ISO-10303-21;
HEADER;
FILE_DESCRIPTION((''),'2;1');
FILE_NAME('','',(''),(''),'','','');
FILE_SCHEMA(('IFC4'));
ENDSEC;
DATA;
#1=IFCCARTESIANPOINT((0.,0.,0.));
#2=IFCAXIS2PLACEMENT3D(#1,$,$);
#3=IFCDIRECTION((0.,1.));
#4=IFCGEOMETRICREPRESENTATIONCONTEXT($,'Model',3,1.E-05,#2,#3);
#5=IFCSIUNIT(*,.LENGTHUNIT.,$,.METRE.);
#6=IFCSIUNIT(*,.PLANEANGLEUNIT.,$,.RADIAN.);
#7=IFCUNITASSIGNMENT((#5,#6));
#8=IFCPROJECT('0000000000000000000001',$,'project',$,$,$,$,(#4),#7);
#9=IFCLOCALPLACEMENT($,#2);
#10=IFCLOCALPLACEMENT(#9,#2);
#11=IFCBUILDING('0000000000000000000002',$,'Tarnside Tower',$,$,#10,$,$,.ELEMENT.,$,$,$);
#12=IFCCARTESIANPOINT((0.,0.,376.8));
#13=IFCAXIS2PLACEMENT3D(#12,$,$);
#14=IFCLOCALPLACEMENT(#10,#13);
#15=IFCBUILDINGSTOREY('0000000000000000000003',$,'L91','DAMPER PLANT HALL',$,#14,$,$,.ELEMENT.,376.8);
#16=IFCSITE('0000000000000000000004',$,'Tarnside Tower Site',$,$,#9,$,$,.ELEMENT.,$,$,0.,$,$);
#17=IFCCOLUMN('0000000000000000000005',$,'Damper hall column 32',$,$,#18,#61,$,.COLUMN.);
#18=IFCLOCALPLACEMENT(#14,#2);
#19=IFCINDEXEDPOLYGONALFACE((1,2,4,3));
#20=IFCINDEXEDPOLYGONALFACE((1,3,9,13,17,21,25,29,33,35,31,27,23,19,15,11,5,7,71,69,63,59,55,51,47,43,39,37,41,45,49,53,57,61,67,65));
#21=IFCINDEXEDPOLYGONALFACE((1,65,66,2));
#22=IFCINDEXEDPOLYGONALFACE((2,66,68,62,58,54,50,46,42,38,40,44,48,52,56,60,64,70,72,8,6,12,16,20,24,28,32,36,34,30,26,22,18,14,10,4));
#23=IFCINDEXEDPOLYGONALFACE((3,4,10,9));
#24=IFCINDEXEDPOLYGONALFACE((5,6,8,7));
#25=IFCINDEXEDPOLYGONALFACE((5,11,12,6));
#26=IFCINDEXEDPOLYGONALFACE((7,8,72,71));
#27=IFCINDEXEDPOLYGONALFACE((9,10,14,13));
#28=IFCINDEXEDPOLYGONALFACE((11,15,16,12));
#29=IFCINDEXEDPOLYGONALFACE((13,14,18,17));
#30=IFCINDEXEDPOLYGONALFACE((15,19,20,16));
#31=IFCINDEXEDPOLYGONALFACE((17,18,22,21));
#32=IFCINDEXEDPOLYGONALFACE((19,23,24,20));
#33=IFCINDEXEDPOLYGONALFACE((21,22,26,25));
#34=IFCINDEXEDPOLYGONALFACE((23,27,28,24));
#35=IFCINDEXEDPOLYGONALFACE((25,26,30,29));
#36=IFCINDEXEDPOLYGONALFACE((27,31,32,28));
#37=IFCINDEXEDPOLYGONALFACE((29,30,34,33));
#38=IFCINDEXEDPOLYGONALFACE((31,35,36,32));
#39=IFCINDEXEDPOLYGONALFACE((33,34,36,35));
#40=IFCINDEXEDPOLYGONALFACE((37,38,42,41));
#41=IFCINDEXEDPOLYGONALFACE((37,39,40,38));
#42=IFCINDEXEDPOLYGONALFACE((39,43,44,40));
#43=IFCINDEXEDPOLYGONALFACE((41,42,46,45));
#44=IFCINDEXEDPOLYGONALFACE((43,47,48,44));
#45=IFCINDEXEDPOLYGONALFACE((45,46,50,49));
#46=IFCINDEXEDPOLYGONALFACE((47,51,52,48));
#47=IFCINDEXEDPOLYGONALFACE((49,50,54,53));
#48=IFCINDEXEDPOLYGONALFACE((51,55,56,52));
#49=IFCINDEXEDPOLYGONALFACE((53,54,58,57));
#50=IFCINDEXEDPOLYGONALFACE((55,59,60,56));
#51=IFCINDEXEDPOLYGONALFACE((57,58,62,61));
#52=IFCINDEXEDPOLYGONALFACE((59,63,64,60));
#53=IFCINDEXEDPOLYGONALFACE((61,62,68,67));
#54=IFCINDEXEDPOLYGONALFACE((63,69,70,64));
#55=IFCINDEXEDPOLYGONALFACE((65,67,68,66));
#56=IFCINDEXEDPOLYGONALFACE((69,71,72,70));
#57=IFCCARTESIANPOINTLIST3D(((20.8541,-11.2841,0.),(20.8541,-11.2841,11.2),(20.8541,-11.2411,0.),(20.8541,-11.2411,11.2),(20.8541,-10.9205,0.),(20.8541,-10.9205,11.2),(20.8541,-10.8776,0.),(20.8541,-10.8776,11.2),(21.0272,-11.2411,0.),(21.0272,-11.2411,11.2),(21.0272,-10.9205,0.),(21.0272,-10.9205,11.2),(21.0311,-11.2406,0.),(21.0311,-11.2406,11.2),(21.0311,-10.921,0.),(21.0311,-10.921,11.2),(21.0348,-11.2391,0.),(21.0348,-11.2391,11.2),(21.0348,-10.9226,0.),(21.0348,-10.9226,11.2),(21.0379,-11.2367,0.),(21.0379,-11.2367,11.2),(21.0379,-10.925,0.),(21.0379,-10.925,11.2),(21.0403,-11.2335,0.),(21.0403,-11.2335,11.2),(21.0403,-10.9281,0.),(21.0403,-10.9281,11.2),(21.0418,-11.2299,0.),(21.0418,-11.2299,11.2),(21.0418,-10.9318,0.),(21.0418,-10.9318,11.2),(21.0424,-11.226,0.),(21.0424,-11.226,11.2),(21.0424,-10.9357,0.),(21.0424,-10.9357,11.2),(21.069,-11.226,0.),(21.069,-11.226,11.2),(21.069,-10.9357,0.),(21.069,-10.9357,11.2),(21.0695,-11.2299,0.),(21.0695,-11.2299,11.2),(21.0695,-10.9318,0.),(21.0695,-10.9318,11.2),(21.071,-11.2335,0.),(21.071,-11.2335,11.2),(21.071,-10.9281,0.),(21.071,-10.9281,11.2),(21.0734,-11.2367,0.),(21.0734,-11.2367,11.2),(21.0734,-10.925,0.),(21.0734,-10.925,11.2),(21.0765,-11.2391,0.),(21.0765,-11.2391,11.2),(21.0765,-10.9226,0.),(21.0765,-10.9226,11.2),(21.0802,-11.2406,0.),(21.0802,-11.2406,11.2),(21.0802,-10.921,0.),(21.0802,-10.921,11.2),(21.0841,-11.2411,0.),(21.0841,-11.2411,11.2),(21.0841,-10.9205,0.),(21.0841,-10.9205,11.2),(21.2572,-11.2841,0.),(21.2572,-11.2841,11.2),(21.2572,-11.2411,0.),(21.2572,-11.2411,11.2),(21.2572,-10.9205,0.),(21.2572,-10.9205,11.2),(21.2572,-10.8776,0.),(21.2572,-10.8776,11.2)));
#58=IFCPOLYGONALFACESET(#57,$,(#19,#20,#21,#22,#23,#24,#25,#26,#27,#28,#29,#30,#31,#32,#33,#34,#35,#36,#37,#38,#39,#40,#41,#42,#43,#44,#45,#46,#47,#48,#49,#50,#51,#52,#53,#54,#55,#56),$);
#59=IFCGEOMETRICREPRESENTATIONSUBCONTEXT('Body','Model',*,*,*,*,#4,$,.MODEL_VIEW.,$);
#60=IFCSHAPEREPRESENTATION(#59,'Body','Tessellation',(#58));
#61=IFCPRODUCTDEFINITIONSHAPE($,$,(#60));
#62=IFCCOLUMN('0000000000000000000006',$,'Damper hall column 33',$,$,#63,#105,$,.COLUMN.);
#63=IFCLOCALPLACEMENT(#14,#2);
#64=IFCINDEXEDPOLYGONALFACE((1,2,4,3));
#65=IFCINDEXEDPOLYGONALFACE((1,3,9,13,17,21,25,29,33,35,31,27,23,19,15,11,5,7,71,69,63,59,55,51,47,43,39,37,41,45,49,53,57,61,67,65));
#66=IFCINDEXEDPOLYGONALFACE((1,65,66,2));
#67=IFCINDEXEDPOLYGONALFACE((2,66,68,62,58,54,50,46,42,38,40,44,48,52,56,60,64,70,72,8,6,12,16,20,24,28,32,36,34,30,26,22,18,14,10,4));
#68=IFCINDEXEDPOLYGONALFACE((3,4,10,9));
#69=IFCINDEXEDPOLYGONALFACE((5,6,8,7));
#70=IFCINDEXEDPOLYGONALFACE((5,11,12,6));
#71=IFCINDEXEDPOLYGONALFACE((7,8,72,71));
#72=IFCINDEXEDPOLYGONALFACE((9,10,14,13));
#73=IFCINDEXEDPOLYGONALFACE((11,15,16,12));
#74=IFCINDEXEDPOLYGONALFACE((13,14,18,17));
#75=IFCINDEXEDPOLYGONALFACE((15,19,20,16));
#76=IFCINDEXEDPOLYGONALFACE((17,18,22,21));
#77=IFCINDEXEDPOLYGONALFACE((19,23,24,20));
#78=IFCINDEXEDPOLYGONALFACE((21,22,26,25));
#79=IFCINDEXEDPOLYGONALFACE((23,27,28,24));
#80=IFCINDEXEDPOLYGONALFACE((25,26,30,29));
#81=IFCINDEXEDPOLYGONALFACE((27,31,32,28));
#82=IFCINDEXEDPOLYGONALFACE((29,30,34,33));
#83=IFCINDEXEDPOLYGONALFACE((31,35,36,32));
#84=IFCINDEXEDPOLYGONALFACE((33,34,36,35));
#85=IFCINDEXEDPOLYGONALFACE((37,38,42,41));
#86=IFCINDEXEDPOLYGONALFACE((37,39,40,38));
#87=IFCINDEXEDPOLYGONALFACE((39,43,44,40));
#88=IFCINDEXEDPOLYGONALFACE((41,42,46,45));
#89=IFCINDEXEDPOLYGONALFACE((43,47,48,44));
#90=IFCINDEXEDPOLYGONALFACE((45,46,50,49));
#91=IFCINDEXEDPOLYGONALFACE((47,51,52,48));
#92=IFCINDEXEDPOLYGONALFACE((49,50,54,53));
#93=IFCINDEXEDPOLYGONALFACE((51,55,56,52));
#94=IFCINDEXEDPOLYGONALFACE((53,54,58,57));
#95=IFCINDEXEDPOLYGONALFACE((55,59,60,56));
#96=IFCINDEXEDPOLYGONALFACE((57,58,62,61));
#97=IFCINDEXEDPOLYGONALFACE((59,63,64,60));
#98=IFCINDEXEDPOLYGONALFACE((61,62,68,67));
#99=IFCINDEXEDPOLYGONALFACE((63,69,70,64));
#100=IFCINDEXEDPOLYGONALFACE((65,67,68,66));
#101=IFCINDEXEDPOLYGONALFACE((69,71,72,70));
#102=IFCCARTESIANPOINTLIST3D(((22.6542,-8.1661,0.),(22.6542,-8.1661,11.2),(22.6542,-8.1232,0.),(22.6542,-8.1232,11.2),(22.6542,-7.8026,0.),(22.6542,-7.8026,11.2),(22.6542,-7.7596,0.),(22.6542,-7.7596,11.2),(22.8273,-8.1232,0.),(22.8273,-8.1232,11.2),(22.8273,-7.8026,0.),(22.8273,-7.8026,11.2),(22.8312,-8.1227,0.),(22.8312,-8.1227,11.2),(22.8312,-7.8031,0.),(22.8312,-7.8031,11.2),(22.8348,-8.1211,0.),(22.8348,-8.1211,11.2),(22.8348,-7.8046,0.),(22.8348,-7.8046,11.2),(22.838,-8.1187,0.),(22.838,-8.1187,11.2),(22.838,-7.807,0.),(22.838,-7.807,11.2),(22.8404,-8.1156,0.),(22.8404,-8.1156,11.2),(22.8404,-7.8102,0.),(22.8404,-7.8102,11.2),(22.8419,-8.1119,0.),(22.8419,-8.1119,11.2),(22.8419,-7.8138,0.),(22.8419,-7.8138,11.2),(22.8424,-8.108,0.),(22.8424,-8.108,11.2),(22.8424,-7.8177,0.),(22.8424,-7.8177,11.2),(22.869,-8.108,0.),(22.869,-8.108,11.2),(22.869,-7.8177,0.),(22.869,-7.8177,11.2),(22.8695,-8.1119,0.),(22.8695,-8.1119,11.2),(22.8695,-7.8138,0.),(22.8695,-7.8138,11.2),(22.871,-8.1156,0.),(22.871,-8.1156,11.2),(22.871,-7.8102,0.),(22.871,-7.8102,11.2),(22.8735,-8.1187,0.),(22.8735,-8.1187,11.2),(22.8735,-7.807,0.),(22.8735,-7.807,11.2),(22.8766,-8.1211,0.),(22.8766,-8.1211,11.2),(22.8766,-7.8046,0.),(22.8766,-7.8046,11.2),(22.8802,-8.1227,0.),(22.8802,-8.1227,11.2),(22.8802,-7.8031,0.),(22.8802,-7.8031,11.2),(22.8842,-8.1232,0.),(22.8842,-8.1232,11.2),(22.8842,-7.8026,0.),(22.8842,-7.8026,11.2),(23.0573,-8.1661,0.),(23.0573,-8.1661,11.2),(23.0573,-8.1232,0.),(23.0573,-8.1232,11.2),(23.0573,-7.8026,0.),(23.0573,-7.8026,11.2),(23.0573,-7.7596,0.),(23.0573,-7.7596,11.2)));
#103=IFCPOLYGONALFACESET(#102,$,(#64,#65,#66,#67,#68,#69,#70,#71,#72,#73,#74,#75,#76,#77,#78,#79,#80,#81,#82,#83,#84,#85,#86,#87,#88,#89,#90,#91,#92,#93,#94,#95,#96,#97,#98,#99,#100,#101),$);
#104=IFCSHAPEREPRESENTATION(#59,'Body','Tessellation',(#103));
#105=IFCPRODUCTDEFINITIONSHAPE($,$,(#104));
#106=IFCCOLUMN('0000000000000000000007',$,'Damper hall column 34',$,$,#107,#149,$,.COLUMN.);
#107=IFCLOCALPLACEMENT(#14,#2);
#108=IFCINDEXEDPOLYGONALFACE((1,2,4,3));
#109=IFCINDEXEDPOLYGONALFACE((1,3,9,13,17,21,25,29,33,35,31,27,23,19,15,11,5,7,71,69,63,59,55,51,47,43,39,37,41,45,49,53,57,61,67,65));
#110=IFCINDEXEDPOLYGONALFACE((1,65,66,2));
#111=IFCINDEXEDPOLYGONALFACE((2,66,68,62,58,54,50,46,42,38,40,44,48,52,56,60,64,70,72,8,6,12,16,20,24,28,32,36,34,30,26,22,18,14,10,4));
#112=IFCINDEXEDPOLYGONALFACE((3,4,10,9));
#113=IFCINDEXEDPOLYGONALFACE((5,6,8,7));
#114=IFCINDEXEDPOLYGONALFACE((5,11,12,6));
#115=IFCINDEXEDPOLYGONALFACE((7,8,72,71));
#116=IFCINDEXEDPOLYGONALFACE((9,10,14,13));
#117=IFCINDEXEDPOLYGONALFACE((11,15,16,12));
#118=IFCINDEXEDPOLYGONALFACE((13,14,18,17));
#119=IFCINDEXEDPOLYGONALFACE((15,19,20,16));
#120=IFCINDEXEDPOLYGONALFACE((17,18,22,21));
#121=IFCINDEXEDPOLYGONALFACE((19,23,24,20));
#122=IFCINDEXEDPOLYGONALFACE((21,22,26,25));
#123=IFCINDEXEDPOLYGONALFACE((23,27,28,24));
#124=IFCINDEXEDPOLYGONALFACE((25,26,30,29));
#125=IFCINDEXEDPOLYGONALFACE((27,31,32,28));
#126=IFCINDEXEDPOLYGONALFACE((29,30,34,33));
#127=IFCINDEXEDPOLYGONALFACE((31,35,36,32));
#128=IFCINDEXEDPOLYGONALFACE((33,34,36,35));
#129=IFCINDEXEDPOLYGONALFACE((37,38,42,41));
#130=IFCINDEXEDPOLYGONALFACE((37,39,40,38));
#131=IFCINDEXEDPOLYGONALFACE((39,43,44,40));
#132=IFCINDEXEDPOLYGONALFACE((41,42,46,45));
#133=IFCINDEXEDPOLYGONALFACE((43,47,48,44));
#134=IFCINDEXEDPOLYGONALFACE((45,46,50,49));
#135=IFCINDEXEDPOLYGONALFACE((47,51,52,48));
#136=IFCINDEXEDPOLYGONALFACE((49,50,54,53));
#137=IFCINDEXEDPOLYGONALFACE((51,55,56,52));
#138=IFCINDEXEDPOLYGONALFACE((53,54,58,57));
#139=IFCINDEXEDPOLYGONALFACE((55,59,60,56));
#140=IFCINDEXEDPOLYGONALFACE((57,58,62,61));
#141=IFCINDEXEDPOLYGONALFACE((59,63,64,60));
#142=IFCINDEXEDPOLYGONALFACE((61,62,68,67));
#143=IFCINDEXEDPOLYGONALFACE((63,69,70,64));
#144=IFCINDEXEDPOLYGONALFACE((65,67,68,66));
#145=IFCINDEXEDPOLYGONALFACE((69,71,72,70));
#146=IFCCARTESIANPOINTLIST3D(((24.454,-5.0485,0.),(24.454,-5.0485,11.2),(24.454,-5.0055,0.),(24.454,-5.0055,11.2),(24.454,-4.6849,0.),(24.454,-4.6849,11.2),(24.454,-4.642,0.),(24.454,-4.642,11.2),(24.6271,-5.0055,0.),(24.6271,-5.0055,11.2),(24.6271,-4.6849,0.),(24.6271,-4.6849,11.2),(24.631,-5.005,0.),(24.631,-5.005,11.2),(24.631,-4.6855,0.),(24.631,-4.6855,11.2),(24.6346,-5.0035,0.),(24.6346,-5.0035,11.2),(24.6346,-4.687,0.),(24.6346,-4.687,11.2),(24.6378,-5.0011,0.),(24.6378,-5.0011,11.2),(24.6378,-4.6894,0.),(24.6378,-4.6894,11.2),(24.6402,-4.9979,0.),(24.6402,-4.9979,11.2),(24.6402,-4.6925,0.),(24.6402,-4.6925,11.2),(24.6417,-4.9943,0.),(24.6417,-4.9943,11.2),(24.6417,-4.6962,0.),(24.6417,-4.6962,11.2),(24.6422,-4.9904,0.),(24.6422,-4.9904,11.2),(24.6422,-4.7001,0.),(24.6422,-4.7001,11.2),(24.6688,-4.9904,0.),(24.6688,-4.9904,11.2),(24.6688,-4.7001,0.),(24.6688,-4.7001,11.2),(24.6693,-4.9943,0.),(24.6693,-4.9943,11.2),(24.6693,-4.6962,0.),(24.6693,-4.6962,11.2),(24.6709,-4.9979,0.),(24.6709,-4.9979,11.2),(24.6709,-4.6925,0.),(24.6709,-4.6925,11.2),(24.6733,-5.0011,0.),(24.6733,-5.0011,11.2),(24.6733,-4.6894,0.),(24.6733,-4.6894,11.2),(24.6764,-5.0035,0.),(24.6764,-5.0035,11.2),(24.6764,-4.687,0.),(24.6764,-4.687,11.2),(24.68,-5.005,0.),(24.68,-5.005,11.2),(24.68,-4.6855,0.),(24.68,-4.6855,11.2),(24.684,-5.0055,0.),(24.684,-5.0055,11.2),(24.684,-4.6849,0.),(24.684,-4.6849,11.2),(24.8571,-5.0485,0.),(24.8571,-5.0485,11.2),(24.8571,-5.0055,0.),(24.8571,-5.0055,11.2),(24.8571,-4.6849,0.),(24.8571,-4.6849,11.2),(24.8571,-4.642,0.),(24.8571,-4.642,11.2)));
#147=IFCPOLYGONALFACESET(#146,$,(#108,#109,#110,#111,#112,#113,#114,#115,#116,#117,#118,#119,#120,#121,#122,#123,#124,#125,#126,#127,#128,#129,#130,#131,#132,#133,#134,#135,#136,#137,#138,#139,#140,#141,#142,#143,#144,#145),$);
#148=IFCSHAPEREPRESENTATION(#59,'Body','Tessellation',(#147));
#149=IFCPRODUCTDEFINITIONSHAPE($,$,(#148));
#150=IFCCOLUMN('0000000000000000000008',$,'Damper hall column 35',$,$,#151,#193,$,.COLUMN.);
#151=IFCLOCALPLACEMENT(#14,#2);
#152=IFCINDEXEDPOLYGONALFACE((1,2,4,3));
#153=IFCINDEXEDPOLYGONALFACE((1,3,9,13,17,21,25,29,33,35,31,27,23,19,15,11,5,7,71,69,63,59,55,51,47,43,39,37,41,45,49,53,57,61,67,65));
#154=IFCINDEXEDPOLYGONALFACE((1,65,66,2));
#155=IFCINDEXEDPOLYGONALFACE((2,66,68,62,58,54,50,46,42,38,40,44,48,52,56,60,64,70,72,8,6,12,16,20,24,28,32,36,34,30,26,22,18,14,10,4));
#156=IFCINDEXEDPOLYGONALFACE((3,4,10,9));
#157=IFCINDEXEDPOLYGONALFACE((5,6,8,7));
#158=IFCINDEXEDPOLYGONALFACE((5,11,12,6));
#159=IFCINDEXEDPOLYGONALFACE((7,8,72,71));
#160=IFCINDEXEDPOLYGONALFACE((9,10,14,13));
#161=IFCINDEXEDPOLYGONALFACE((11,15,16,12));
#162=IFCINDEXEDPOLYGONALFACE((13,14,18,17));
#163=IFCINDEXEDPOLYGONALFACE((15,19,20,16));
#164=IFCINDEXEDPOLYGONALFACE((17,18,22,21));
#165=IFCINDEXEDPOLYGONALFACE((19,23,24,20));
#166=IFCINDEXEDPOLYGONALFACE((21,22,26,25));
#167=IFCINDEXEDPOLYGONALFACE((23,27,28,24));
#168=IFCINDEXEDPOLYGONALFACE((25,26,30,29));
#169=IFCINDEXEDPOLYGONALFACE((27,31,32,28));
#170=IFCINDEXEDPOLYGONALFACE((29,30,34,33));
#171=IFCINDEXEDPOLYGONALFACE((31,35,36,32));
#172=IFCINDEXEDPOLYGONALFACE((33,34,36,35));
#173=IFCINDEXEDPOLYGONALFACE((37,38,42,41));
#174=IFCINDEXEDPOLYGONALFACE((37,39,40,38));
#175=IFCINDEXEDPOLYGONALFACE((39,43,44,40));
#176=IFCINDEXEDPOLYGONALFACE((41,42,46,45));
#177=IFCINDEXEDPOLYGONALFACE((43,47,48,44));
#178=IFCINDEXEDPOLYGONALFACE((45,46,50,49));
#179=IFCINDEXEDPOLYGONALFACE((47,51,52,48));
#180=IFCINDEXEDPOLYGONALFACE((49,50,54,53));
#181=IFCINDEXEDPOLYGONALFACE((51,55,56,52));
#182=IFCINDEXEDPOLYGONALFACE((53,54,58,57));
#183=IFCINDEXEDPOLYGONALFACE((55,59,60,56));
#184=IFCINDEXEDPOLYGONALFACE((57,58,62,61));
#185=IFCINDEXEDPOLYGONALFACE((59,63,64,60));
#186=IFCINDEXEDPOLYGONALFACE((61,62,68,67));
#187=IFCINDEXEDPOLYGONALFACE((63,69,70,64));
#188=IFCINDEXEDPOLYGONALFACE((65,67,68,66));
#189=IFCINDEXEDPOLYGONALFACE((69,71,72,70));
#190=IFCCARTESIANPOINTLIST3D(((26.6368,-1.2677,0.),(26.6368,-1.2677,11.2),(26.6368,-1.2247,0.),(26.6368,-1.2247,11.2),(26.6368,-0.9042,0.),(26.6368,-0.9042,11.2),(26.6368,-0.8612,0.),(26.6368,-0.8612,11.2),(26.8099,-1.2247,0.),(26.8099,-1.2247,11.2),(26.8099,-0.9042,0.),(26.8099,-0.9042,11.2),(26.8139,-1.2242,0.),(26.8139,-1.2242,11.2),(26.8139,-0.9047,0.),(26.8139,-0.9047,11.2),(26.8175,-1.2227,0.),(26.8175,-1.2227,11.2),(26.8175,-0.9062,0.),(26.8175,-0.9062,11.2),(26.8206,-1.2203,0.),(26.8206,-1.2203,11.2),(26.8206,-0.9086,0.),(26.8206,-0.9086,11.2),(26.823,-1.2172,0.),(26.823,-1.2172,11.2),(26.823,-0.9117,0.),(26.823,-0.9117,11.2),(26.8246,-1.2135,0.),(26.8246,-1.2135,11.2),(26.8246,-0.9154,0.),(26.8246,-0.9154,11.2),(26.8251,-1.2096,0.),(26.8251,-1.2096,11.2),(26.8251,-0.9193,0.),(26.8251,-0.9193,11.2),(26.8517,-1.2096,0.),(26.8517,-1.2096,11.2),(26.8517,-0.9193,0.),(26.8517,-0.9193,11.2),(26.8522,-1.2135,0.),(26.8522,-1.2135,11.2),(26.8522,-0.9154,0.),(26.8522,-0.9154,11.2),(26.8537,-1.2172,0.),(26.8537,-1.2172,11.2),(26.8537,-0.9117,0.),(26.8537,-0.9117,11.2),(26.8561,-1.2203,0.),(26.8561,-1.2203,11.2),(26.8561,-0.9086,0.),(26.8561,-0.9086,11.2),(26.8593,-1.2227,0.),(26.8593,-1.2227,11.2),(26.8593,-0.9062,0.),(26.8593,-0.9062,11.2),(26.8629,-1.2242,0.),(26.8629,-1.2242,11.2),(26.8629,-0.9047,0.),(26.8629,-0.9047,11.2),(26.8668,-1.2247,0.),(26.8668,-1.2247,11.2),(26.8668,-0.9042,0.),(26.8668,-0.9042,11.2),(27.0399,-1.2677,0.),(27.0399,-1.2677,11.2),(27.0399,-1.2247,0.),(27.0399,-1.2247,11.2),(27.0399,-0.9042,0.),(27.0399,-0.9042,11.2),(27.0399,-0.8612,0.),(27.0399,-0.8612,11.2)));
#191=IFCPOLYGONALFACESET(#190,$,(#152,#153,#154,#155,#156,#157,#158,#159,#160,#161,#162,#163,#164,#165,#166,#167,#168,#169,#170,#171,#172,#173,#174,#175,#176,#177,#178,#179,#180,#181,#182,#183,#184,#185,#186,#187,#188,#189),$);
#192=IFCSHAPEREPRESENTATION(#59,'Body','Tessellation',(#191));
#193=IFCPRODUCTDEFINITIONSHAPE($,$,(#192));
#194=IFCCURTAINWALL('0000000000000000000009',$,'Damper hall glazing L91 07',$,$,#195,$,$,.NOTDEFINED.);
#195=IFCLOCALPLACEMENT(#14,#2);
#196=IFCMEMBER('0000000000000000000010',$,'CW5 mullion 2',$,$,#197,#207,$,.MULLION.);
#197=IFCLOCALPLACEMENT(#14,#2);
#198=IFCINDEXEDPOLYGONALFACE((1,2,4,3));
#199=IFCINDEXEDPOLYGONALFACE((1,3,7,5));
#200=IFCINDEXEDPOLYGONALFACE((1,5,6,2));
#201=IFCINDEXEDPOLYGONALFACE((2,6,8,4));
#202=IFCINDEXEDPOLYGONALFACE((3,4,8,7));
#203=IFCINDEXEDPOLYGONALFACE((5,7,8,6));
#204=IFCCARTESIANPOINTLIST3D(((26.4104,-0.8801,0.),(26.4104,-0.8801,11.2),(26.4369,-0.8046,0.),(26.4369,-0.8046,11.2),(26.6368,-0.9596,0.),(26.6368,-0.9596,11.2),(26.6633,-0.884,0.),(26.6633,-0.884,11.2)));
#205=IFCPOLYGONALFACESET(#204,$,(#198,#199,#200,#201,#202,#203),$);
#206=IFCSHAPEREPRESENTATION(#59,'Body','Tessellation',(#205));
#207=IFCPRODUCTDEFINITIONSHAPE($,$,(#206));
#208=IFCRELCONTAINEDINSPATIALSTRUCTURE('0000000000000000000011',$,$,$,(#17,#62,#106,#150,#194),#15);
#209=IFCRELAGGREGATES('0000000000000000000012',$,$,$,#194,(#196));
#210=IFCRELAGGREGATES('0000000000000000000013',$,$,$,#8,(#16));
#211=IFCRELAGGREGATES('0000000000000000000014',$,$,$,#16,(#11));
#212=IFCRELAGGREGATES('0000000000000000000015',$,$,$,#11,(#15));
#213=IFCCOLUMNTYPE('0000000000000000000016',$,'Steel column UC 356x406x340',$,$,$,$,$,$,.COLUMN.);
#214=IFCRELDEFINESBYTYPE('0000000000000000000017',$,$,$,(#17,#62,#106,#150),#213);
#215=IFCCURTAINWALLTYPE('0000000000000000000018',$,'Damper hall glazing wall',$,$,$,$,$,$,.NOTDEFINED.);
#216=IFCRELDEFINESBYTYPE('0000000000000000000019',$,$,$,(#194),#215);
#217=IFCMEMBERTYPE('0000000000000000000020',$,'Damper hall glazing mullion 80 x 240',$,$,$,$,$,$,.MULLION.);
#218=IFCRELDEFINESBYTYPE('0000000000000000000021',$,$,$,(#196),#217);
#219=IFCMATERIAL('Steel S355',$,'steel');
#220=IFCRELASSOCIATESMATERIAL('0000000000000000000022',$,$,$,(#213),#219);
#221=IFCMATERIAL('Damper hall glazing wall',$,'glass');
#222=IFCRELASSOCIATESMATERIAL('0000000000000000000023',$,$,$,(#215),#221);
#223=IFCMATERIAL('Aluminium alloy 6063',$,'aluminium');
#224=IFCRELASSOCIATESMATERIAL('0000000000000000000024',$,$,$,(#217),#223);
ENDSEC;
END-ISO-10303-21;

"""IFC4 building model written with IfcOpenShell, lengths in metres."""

from ifc_helpers import new_model, si_unit, direction, frame, origin, origin_2d, place, context, subcontext, project, spatial, rectangle, i_section, extrude, material, material_profile, profile_set, type_object, element, aggregate, save


model = new_model("IFC4")

# Units and contexts
model_context = context("Model", 3, precision=1e-05, world=origin(), true_north=direction((0.0, 1.0)))
body_context = subcontext(model_context, "Body", "Model", "MODEL_VIEW")
ifc_project = project(units=[si_unit("LENGTHUNIT", "METRE"), si_unit("PLANEANGLEUNIT", "RADIAN")], contexts=[model_context])

# Site, building, storey
site_placement = place(None, origin())
site = spatial("IfcSite", under=ifc_project, at=site_placement, Name="Tarnside Tower Site", CompositionType="ELEMENT", RefElevation=0.0)
building_placement = place(site_placement, origin())
building = spatial("IfcBuilding", under=site, at=building_placement, Name="Tarnside Tower", CompositionType="ELEMENT")
storey_placement = place(building_placement, frame((0.0, 0.0, 376.8)))
storey = spatial("IfcBuildingStorey", under=building, at=storey_placement, Name="L91", Description="DAMPER PLANT HALL", CompositionType="ELEMENT", Elevation=376.8)

# Columns
ifc_material_1 = material(Name="Steel S355", Category="steel")
ifc_material_profile_1 = material_profile(ifc_material_1, i_section(OverallWidth=0.4031, OverallDepth=0.4065, WebThickness=0.0266, FlangeThickness=0.043, FilletRadius=0.0151, at=origin_2d()), Name="UC 356x406x340")
ifc_profile_set_1 = profile_set([ifc_material_profile_1], Name="Steel S355")
column_type = type_object("IfcColumnType", Name="Steel column UC 356x406x340", PredefinedType="COLUMN", material=ifc_profile_set_1)
for number, where, z_axis, x_axis, name in (
    (1, (21.0557, -11.0808, 0.0), (0.0, 0.0, 1.0), (1.0, 0.0, 0.0), "Damper hall column 32"),
    (2, (22.8557, -7.9629, 0.0), (0.0, 0.0, 1.0), (1.0, 0.0, 0.0), "Damper hall column 33"),
    (3, (24.6555, -4.8452, 0.0), (0.0, 0.0, 1.0), (1.0, 0.0, 0.0), "Damper hall column 34"),
    (4, (26.8384, -1.0645, 0.0), (0.0, 0.0, 1.0), (1.0, 0.0, 0.0), "Damper hall column 35"),
):
    element("IfcColumn", number, at=place(storey_placement, frame(where, z_axis=z_axis, x_axis=x_axis)), inside=storey, type_object=column_type, Name=name, PredefinedType="COLUMN", context=body_context, shape_type="SweptSolid", body=[
        extrude(i_section(OverallWidth=0.4031, OverallDepth=0.4065, WebThickness=0.0266, FlangeThickness=0.043, FilletRadius=0.0151, at=origin_2d()), origin(), (0.0, 0.0, 1.0), 11.2),
    ])

# Curtain wall, member
ifc_material_2 = material(Name="Damper hall glazing wall", Category="glass")
curtain_wall_type = type_object("IfcCurtainWallType", Name="Damper hall glazing wall", PredefinedType="NOTDEFINED", material=ifc_material_2)
curtain_wall_1_placement = place(storey_placement, origin())
curtain_wall_1 = element("IfcCurtainWall", 5, at=curtain_wall_1_placement, inside=storey, type_object=curtain_wall_type, Name="Damper hall glazing L91 07", PredefinedType="NOTDEFINED")
ifc_material_3 = material(Name="Aluminium alloy 6063", Category="aluminium")
ifc_material_profile_2 = material_profile(ifc_material_3, rectangle(XDim=0.24, YDim=0.0801, at=origin_2d()), Name="Damper hall glazing mullion 80 x 240")
ifc_profile_set_2 = profile_set([ifc_material_profile_2], Name="Aluminium alloy 6063")
member_type_1 = type_object("IfcMemberType", Name="Damper hall glazing mullion 80 x 240", PredefinedType="MULLION", material=ifc_profile_set_2)
member_1_placement = place(storey_placement, frame((26.5369, -0.8821, 0.0), z_axis=(0.0, 0.0, 1.0), x_axis=(0.943609, -0.331063, 0.0)))
member_1 = element("IfcMember", 6, at=member_1_placement, type_object=member_type_1, Name="CW5 mullion 2", PredefinedType="MULLION", context=body_context, shape_type="SweptSolid", body=[
    extrude(rectangle(XDim=0.24, YDim=0.0801, at=origin_2d()), origin(), (0.0, 0.0, 1.0), 11.2),
])

aggregate(curtain_wall_1, [member_1])

save(model, "model.ifc")
